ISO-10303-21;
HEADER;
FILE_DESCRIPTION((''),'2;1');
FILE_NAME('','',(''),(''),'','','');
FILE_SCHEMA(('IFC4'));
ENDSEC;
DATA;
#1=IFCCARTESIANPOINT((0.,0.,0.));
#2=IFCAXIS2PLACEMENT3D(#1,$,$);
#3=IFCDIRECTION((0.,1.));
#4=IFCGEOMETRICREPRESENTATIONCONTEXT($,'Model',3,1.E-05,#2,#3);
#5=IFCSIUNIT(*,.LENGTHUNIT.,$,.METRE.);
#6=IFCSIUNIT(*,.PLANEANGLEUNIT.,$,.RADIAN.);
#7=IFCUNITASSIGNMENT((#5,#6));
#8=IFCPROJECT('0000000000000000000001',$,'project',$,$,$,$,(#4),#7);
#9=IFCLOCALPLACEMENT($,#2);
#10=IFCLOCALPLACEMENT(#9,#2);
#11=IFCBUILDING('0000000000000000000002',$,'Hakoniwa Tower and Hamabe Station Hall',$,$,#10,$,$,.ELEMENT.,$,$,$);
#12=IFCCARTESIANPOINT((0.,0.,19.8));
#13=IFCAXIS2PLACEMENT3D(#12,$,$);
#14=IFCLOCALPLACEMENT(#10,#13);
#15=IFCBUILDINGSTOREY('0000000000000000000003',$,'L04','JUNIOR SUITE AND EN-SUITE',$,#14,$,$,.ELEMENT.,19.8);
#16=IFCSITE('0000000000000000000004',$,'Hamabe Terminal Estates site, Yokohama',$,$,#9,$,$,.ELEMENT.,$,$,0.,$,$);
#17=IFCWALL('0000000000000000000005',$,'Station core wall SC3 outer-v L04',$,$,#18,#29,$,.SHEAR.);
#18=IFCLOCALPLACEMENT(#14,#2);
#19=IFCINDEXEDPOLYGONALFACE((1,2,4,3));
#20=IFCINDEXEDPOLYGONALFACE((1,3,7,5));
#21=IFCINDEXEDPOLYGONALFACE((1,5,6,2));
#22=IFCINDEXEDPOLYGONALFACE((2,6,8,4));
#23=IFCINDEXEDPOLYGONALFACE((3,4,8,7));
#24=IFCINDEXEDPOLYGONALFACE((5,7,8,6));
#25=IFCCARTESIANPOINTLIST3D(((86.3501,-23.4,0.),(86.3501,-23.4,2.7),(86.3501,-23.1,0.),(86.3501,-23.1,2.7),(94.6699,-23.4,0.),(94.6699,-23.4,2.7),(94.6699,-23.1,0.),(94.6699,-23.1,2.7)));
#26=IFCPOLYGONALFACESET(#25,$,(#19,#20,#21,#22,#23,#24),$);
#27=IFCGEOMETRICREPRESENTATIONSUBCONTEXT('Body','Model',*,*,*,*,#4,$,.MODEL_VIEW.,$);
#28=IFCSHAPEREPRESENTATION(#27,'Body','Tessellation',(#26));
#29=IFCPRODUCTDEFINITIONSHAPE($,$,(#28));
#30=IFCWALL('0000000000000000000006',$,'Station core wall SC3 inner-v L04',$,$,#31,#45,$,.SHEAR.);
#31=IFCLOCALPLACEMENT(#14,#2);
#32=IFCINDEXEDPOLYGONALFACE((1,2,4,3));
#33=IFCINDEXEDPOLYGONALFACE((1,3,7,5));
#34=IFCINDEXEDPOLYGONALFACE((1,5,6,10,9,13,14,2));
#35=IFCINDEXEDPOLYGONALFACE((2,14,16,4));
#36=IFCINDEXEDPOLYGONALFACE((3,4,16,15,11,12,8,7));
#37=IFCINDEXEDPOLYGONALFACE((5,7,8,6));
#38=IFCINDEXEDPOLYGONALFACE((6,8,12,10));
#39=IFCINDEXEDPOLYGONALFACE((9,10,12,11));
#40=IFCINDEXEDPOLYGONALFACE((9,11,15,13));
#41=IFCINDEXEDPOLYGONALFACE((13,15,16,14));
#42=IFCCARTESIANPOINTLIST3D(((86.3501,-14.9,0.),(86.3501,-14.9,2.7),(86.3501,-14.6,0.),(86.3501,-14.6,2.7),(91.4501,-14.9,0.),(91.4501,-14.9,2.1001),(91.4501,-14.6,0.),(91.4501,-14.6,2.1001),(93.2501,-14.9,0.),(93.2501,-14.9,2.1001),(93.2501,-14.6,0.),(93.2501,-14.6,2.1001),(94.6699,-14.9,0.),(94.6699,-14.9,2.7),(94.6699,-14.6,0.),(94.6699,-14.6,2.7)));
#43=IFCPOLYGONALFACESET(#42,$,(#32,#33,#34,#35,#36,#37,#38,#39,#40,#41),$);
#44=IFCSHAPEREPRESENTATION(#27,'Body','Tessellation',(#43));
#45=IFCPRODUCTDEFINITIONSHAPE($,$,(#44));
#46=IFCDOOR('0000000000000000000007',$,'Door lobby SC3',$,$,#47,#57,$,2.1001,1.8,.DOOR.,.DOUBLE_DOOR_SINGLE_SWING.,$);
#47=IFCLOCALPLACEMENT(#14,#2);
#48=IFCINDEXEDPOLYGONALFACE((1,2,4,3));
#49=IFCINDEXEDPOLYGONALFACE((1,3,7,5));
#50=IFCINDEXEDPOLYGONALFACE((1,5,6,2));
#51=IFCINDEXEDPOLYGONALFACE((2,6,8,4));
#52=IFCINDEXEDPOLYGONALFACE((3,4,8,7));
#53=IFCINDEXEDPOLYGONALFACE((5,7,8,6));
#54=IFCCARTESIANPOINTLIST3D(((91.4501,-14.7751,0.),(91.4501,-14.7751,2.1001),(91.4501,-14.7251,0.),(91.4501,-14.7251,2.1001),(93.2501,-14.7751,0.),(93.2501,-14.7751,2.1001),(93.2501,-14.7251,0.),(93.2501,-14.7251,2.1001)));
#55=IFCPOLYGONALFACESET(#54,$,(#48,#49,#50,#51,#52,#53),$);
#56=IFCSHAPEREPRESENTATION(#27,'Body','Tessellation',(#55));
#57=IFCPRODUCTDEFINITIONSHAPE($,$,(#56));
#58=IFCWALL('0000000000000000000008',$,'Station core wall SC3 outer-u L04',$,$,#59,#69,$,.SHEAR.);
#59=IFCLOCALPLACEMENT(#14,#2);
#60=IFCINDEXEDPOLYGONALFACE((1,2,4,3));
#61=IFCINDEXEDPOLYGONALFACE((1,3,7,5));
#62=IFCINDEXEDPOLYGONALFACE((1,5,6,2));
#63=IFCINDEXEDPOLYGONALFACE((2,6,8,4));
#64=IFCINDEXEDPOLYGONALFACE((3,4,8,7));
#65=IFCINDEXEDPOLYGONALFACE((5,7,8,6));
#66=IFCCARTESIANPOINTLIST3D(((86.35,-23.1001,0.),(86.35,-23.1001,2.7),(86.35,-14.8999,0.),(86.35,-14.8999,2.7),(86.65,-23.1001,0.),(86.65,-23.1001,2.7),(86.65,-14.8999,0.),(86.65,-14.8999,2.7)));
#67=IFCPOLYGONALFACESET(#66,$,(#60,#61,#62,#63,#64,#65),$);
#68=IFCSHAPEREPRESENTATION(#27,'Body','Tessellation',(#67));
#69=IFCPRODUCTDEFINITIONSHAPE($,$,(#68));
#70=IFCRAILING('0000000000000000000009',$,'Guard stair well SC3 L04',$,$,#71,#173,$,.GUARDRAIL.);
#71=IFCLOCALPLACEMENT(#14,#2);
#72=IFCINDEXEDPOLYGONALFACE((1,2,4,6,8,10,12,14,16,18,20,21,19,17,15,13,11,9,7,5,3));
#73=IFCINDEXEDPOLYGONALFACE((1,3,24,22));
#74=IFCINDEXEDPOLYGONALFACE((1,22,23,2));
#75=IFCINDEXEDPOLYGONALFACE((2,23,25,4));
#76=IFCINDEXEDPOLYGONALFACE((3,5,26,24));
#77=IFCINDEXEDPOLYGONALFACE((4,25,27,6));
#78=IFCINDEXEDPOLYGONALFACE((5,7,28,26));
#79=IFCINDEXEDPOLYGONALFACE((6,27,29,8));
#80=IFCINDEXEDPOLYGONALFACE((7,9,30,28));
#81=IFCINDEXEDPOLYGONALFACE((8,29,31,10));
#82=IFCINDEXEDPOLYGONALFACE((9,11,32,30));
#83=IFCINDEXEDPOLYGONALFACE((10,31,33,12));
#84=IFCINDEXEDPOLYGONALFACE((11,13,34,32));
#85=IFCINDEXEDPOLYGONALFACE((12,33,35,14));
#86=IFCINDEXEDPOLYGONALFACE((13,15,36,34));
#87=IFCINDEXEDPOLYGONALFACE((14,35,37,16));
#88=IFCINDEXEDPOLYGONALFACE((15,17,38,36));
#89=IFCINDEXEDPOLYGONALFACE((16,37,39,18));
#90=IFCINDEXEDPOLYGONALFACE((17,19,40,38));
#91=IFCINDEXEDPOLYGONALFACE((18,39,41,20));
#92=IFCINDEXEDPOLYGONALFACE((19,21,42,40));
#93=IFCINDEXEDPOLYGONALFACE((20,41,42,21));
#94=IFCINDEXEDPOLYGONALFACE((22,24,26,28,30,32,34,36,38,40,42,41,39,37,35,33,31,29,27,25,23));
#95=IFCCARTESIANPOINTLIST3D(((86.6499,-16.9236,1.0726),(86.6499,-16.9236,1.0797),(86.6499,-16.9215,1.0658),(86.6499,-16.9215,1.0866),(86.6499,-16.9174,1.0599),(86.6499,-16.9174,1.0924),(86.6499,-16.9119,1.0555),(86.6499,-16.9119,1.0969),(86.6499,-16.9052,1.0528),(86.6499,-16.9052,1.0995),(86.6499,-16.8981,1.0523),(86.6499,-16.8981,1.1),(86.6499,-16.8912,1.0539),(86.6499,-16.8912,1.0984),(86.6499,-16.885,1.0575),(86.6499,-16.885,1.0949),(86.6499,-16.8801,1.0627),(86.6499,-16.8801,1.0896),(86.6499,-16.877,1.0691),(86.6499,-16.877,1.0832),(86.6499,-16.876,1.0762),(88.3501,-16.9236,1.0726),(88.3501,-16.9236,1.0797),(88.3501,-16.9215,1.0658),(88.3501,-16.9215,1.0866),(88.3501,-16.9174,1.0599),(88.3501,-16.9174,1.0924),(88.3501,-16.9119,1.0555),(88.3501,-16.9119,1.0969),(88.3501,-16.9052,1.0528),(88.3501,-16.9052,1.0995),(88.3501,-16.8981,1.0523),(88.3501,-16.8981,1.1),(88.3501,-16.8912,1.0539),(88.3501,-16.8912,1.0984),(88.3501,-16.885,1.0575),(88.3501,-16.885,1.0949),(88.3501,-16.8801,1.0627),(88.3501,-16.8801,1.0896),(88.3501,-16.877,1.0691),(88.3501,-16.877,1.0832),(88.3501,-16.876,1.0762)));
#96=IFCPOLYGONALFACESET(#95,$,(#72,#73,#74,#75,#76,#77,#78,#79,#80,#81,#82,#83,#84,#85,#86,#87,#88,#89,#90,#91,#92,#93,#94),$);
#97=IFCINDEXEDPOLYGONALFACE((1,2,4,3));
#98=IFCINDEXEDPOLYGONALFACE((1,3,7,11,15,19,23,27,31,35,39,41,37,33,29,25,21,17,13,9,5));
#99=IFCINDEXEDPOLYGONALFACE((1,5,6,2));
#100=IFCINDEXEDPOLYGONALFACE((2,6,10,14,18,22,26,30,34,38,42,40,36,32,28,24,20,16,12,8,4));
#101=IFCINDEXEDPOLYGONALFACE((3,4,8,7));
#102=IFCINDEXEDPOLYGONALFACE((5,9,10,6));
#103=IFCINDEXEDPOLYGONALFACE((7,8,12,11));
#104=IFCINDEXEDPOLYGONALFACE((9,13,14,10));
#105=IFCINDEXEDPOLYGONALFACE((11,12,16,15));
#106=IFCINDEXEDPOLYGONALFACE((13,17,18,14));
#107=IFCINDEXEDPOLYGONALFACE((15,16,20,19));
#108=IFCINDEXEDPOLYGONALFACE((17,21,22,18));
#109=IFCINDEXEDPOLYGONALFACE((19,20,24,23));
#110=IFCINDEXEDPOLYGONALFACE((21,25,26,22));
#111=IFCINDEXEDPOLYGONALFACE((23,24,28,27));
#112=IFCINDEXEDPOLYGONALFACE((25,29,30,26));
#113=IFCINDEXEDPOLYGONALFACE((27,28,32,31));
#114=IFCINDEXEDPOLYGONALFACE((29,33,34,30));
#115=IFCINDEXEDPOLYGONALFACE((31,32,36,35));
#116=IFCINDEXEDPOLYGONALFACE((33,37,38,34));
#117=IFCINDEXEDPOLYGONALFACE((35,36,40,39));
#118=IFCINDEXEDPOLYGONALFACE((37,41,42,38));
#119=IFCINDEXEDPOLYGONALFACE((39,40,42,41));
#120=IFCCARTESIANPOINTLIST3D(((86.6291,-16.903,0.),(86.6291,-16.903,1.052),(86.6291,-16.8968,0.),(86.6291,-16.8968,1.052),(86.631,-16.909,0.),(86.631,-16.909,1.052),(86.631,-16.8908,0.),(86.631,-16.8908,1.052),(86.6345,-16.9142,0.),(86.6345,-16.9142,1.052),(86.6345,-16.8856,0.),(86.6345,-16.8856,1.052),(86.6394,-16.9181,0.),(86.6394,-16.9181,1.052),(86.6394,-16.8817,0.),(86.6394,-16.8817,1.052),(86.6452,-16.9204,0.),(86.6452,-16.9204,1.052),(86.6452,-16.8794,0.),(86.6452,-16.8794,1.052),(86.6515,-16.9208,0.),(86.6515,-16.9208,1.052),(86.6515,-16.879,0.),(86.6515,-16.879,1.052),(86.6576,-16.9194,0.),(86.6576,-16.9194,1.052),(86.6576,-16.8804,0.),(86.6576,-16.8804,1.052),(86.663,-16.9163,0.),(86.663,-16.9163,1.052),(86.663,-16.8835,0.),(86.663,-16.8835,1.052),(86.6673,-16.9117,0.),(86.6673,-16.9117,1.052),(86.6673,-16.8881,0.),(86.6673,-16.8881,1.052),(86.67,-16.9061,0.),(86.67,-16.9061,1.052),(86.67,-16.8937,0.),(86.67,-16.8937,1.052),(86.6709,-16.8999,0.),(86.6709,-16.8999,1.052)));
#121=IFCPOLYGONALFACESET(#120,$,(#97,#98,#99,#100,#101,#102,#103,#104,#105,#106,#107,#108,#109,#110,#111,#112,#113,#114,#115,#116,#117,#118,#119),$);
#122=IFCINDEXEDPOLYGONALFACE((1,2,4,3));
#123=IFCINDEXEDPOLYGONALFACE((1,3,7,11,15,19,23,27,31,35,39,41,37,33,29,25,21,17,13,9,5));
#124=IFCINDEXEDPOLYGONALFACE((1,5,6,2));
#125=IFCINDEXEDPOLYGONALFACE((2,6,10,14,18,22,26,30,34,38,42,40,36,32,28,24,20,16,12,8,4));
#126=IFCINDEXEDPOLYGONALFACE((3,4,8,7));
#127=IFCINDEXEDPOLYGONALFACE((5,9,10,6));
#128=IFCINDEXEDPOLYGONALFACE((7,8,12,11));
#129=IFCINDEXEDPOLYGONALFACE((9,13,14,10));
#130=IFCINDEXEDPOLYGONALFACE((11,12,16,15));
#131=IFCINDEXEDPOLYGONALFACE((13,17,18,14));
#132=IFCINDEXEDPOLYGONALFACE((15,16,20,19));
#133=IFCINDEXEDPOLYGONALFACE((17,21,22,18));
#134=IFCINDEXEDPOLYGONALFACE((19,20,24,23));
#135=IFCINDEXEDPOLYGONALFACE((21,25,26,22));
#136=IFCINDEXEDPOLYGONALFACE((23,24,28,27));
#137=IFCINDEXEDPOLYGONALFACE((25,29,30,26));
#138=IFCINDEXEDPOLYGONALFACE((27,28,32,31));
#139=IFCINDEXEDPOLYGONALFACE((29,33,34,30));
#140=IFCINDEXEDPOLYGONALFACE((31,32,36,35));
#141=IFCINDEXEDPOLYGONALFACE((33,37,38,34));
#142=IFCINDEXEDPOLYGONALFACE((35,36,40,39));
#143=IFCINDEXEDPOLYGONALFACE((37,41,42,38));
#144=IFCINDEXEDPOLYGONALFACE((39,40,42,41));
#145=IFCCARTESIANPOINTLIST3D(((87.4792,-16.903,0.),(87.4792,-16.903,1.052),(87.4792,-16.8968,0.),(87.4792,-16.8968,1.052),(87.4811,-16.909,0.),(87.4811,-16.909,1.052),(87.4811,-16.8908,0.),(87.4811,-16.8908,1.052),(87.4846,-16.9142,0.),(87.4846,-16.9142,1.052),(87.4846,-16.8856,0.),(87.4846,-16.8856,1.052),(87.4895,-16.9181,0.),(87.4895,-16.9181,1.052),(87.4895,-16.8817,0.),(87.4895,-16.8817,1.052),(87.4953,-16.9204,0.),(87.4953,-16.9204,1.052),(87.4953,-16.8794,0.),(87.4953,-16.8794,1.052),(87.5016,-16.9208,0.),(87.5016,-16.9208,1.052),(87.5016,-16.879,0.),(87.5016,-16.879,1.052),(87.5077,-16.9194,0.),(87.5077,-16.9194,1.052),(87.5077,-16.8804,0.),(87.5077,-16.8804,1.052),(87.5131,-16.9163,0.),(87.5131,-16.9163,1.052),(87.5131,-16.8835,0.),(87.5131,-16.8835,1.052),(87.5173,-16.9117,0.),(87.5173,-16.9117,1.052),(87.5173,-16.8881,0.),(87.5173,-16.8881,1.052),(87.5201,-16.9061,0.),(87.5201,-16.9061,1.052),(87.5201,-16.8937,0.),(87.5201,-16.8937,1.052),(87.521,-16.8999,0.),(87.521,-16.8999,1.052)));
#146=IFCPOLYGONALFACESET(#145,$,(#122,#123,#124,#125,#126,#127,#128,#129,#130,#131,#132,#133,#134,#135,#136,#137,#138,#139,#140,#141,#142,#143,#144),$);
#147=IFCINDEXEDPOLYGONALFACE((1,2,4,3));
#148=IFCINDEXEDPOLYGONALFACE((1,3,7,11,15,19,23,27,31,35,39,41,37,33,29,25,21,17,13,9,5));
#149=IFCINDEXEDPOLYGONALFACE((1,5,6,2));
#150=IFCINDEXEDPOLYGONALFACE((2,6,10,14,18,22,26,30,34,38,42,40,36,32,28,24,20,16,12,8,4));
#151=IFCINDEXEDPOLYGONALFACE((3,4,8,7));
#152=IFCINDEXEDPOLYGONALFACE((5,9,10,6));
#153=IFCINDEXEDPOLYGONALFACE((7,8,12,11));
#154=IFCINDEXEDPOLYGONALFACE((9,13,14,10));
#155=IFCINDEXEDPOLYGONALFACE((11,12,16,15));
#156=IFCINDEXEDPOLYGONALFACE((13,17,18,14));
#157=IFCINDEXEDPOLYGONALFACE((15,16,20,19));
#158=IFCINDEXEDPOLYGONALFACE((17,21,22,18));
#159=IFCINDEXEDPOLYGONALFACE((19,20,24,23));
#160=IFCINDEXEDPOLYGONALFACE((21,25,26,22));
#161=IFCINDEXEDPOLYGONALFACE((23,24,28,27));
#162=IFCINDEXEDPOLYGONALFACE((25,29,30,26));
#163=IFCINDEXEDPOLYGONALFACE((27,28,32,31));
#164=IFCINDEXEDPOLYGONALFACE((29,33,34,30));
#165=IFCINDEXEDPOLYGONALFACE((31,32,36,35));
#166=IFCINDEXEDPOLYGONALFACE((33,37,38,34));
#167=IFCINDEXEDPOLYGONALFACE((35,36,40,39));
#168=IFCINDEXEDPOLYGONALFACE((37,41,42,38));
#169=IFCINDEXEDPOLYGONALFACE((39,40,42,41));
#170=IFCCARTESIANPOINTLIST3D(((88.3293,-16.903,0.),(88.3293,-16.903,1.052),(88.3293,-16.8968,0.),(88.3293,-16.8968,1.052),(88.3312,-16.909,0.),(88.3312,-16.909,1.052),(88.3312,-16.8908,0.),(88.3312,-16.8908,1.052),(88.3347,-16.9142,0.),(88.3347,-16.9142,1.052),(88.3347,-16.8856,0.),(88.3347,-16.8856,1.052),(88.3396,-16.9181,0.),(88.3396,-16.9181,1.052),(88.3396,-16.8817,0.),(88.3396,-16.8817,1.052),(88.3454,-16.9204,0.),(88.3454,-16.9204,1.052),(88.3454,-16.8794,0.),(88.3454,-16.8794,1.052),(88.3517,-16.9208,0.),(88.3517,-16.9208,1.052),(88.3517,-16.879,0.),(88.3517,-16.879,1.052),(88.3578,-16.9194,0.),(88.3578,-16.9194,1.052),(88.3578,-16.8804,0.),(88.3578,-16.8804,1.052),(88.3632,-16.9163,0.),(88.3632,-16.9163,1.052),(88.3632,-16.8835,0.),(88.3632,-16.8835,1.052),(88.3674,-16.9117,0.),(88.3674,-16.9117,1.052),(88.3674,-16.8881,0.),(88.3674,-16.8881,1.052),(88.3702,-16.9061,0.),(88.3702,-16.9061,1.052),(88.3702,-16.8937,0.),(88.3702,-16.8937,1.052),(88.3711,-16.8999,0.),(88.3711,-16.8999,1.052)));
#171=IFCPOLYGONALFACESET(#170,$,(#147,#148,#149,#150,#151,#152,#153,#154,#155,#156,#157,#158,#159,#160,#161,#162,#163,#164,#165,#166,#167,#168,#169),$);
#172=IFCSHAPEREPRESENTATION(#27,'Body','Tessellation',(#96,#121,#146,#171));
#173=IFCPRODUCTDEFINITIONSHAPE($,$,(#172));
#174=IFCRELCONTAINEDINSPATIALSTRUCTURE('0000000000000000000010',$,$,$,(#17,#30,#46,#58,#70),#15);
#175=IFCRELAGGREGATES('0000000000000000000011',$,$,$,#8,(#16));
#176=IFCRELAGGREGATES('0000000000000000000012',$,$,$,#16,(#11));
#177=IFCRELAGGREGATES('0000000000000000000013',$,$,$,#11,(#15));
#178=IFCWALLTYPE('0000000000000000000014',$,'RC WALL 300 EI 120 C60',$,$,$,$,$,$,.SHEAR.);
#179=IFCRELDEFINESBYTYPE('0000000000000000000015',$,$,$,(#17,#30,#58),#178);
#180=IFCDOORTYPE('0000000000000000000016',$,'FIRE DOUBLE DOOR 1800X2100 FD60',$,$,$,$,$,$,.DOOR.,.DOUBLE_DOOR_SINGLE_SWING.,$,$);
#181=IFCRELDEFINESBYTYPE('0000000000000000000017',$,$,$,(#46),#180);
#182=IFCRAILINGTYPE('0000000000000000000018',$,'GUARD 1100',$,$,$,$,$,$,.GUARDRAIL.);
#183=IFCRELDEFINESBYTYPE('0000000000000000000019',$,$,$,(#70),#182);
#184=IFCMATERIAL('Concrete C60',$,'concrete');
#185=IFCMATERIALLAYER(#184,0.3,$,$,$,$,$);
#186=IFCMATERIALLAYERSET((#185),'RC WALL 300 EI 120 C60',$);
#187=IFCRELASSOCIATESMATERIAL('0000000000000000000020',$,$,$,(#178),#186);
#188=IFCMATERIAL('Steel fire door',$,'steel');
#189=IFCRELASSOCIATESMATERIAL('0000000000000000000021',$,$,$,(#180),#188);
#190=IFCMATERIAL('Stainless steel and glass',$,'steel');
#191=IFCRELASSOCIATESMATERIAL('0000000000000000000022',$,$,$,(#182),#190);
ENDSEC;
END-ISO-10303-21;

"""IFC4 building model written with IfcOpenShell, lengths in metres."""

from ifc_helpers import new_model, si_unit, direction, frame, frame_2d, origin, origin_2d, place, context, subcontext, project, spatial, rectangle, circle, extrude, material, layer, layer_set, type_object, element, fill, save


model = new_model("IFC4")

# Units and contexts
model_context = context("Model", 3, precision=1e-05, world=origin(), true_north=direction((0.0, 1.0)))
body_context = subcontext(model_context, "Body", "Model", "MODEL_VIEW")
ifc_project = project(units=[si_unit("LENGTHUNIT", "METRE"), si_unit("PLANEANGLEUNIT", "RADIAN")], contexts=[model_context])

# Site, building, storey
site_placement = place(None, origin())
site = spatial("IfcSite", under=ifc_project, at=site_placement, Name="Hamabe Terminal Estates site, Yokohama", CompositionType="ELEMENT", RefElevation=0.0)
building_placement = place(site_placement, origin())
building = spatial("IfcBuilding", under=site, at=building_placement, Name="Hakoniwa Tower and Hamabe Station Hall", CompositionType="ELEMENT")
storey_placement = place(building_placement, frame((0.0, 0.0, 19.8)))
storey = spatial("IfcBuildingStorey", under=building, at=storey_placement, Name="L04", Description="JUNIOR SUITE AND EN-SUITE", CompositionType="ELEMENT", Elevation=19.8)

# Wall
ifc_material_1 = material(Name="Concrete C60", Category="concrete")
ifc_layer_1 = layer(ifc_material_1, 0.3)
ifc_layer_set_1 = layer_set([ifc_layer_1], Name="RC WALL 300 EI 120 C60")
wall_type_1 = type_object("IfcWallType", Name="RC WALL 300 EI 120 C60", PredefinedType="SHEAR", material=ifc_layer_set_1)
wall_1_placement = place(storey_placement, frame((86.3501, -23.25, 0.0), z_axis=(0.0, 0.0, 1.0), x_axis=(1.0, 0.0, 0.0)))
element("IfcWall", 1, at=wall_1_placement, inside=storey, type_object=wall_type_1, Name="Station core wall SC3 outer-v L04", PredefinedType="SHEAR", context=body_context, shape_type="SweptSolid", body=[
    extrude(rectangle(XDim=8.3198, YDim=0.3, at=frame_2d((4.1599, 0.0))), origin(), (0.0, 0.0, 1.0), 2.7),
])

# Wall, opening, door
wall_2_placement = place(storey_placement, frame((86.3501, -14.75, 0.0), z_axis=(0.0, 0.0, 1.0), x_axis=(1.0, 0.0, 0.0)))
wall_2 = element("IfcWall", 2, at=wall_2_placement, inside=storey, type_object=wall_type_1, Name="Station core wall SC3 inner-v L04", PredefinedType="SHEAR", context=body_context, shape_type="SweptSolid", body=[
    extrude(rectangle(XDim=8.3198, YDim=0.3, at=frame_2d((4.1599, 0.0))), origin(), (0.0, 0.0, 1.0), 2.7),
])
opening_1_placement = place(wall_2_placement, frame((5.1001, 0.0, 0.0)))
opening_1 = element("IfcOpeningElement", 3, at=opening_1_placement, cuts=wall_2, PredefinedType="OPENING", context=body_context, shape_type="SweptSolid", body=[
    extrude(rectangle(XDim=1.8, YDim=2.1001, at=frame_2d((0.8999, 1.05))), frame((0.0, 0.1599, 0.0), z_axis=(0.0, -1.0, 0.0), x_axis=(1.0, 0.0, 0.0)), (0.0, 0.0, 1.0), 0.3201),
])
ifc_material_2 = material(Name="Steel fire door", Category="steel")
door_type_1 = type_object("IfcDoorType", Name="FIRE DOUBLE DOOR 1800X2100 FD60", OperationType="DOUBLE_DOOR_SINGLE_SWING", PredefinedType="DOOR", material=ifc_material_2)
door_1_placement = place(opening_1_placement, origin())
door_1 = element("IfcDoor", 4, at=door_1_placement, inside=storey, type_object=door_type_1, Name="Door lobby SC3", OperationType="DOUBLE_DOOR_SINGLE_SWING", OverallHeight=2.1001, OverallWidth=1.8, PredefinedType="DOOR", context=body_context, shape_type="SweptSolid", body=[
    extrude(rectangle(XDim=1.8, YDim=2.1001, at=frame_2d((0.8999, 1.05))), frame((0.0, 0.0249, 0.0), z_axis=(0.0, -1.0, 0.0), x_axis=(1.0, 0.0, 0.0)), (0.0, 0.0, 1.0), 0.05),
])
fill(opening_1, door_1)

# Wall
wall_3_placement = place(storey_placement, frame((86.5, -23.1001, 0.0), z_axis=(0.0, 0.0, 1.0), x_axis=(0.0, 1.0, 0.0)))
element("IfcWall", 5, at=wall_3_placement, inside=storey, type_object=wall_type_1, Name="Station core wall SC3 outer-u L04", PredefinedType="SHEAR", context=body_context, shape_type="SweptSolid", body=[
    extrude(rectangle(XDim=8.2002, YDim=0.3, at=frame_2d((4.1001, 0.0))), origin(), (0.0, 0.0, 1.0), 2.7),
])

# Railing
ifc_material_3 = material(Name="Stainless steel and glass", Category="steel")
railing_type = type_object("IfcRailingType", Name="GUARD 1100", PredefinedType="GUARDRAIL", material=ifc_material_3)
railing_placement = place(storey_placement, frame((86.6499, -16.8999, 0.0)))
element("IfcRailing", 6, at=railing_placement, inside=storey, type_object=railing_type, Name="Guard stair well SC3 L04", PredefinedType="GUARDRAIL", context=body_context, shape_type="SweptSolid", body=[
    extrude(circle(Radius=0.0239, at=origin_2d()), frame((0.0, 0.0, 1.0762), z_axis=(1.0, 0.0, 0.0), x_axis=(0.0, 1.0, 0.0)), (0.0, 0.0, 1.0), 1.7002),
    extrude(circle(Radius=0.021, at=origin_2d()), origin(), (0.0, 0.0, 1.0), 1.052),
    extrude(circle(Radius=0.021, at=origin_2d()), frame((0.8501, 0.0, 0.0)), (0.0, 0.0, 1.0), 1.052),
    extrude(circle(Radius=0.021, at=origin_2d()), frame((1.7002, 0.0, 0.0)), (0.0, 0.0, 1.0), 1.052),
])

save(model, "model.ifc")
